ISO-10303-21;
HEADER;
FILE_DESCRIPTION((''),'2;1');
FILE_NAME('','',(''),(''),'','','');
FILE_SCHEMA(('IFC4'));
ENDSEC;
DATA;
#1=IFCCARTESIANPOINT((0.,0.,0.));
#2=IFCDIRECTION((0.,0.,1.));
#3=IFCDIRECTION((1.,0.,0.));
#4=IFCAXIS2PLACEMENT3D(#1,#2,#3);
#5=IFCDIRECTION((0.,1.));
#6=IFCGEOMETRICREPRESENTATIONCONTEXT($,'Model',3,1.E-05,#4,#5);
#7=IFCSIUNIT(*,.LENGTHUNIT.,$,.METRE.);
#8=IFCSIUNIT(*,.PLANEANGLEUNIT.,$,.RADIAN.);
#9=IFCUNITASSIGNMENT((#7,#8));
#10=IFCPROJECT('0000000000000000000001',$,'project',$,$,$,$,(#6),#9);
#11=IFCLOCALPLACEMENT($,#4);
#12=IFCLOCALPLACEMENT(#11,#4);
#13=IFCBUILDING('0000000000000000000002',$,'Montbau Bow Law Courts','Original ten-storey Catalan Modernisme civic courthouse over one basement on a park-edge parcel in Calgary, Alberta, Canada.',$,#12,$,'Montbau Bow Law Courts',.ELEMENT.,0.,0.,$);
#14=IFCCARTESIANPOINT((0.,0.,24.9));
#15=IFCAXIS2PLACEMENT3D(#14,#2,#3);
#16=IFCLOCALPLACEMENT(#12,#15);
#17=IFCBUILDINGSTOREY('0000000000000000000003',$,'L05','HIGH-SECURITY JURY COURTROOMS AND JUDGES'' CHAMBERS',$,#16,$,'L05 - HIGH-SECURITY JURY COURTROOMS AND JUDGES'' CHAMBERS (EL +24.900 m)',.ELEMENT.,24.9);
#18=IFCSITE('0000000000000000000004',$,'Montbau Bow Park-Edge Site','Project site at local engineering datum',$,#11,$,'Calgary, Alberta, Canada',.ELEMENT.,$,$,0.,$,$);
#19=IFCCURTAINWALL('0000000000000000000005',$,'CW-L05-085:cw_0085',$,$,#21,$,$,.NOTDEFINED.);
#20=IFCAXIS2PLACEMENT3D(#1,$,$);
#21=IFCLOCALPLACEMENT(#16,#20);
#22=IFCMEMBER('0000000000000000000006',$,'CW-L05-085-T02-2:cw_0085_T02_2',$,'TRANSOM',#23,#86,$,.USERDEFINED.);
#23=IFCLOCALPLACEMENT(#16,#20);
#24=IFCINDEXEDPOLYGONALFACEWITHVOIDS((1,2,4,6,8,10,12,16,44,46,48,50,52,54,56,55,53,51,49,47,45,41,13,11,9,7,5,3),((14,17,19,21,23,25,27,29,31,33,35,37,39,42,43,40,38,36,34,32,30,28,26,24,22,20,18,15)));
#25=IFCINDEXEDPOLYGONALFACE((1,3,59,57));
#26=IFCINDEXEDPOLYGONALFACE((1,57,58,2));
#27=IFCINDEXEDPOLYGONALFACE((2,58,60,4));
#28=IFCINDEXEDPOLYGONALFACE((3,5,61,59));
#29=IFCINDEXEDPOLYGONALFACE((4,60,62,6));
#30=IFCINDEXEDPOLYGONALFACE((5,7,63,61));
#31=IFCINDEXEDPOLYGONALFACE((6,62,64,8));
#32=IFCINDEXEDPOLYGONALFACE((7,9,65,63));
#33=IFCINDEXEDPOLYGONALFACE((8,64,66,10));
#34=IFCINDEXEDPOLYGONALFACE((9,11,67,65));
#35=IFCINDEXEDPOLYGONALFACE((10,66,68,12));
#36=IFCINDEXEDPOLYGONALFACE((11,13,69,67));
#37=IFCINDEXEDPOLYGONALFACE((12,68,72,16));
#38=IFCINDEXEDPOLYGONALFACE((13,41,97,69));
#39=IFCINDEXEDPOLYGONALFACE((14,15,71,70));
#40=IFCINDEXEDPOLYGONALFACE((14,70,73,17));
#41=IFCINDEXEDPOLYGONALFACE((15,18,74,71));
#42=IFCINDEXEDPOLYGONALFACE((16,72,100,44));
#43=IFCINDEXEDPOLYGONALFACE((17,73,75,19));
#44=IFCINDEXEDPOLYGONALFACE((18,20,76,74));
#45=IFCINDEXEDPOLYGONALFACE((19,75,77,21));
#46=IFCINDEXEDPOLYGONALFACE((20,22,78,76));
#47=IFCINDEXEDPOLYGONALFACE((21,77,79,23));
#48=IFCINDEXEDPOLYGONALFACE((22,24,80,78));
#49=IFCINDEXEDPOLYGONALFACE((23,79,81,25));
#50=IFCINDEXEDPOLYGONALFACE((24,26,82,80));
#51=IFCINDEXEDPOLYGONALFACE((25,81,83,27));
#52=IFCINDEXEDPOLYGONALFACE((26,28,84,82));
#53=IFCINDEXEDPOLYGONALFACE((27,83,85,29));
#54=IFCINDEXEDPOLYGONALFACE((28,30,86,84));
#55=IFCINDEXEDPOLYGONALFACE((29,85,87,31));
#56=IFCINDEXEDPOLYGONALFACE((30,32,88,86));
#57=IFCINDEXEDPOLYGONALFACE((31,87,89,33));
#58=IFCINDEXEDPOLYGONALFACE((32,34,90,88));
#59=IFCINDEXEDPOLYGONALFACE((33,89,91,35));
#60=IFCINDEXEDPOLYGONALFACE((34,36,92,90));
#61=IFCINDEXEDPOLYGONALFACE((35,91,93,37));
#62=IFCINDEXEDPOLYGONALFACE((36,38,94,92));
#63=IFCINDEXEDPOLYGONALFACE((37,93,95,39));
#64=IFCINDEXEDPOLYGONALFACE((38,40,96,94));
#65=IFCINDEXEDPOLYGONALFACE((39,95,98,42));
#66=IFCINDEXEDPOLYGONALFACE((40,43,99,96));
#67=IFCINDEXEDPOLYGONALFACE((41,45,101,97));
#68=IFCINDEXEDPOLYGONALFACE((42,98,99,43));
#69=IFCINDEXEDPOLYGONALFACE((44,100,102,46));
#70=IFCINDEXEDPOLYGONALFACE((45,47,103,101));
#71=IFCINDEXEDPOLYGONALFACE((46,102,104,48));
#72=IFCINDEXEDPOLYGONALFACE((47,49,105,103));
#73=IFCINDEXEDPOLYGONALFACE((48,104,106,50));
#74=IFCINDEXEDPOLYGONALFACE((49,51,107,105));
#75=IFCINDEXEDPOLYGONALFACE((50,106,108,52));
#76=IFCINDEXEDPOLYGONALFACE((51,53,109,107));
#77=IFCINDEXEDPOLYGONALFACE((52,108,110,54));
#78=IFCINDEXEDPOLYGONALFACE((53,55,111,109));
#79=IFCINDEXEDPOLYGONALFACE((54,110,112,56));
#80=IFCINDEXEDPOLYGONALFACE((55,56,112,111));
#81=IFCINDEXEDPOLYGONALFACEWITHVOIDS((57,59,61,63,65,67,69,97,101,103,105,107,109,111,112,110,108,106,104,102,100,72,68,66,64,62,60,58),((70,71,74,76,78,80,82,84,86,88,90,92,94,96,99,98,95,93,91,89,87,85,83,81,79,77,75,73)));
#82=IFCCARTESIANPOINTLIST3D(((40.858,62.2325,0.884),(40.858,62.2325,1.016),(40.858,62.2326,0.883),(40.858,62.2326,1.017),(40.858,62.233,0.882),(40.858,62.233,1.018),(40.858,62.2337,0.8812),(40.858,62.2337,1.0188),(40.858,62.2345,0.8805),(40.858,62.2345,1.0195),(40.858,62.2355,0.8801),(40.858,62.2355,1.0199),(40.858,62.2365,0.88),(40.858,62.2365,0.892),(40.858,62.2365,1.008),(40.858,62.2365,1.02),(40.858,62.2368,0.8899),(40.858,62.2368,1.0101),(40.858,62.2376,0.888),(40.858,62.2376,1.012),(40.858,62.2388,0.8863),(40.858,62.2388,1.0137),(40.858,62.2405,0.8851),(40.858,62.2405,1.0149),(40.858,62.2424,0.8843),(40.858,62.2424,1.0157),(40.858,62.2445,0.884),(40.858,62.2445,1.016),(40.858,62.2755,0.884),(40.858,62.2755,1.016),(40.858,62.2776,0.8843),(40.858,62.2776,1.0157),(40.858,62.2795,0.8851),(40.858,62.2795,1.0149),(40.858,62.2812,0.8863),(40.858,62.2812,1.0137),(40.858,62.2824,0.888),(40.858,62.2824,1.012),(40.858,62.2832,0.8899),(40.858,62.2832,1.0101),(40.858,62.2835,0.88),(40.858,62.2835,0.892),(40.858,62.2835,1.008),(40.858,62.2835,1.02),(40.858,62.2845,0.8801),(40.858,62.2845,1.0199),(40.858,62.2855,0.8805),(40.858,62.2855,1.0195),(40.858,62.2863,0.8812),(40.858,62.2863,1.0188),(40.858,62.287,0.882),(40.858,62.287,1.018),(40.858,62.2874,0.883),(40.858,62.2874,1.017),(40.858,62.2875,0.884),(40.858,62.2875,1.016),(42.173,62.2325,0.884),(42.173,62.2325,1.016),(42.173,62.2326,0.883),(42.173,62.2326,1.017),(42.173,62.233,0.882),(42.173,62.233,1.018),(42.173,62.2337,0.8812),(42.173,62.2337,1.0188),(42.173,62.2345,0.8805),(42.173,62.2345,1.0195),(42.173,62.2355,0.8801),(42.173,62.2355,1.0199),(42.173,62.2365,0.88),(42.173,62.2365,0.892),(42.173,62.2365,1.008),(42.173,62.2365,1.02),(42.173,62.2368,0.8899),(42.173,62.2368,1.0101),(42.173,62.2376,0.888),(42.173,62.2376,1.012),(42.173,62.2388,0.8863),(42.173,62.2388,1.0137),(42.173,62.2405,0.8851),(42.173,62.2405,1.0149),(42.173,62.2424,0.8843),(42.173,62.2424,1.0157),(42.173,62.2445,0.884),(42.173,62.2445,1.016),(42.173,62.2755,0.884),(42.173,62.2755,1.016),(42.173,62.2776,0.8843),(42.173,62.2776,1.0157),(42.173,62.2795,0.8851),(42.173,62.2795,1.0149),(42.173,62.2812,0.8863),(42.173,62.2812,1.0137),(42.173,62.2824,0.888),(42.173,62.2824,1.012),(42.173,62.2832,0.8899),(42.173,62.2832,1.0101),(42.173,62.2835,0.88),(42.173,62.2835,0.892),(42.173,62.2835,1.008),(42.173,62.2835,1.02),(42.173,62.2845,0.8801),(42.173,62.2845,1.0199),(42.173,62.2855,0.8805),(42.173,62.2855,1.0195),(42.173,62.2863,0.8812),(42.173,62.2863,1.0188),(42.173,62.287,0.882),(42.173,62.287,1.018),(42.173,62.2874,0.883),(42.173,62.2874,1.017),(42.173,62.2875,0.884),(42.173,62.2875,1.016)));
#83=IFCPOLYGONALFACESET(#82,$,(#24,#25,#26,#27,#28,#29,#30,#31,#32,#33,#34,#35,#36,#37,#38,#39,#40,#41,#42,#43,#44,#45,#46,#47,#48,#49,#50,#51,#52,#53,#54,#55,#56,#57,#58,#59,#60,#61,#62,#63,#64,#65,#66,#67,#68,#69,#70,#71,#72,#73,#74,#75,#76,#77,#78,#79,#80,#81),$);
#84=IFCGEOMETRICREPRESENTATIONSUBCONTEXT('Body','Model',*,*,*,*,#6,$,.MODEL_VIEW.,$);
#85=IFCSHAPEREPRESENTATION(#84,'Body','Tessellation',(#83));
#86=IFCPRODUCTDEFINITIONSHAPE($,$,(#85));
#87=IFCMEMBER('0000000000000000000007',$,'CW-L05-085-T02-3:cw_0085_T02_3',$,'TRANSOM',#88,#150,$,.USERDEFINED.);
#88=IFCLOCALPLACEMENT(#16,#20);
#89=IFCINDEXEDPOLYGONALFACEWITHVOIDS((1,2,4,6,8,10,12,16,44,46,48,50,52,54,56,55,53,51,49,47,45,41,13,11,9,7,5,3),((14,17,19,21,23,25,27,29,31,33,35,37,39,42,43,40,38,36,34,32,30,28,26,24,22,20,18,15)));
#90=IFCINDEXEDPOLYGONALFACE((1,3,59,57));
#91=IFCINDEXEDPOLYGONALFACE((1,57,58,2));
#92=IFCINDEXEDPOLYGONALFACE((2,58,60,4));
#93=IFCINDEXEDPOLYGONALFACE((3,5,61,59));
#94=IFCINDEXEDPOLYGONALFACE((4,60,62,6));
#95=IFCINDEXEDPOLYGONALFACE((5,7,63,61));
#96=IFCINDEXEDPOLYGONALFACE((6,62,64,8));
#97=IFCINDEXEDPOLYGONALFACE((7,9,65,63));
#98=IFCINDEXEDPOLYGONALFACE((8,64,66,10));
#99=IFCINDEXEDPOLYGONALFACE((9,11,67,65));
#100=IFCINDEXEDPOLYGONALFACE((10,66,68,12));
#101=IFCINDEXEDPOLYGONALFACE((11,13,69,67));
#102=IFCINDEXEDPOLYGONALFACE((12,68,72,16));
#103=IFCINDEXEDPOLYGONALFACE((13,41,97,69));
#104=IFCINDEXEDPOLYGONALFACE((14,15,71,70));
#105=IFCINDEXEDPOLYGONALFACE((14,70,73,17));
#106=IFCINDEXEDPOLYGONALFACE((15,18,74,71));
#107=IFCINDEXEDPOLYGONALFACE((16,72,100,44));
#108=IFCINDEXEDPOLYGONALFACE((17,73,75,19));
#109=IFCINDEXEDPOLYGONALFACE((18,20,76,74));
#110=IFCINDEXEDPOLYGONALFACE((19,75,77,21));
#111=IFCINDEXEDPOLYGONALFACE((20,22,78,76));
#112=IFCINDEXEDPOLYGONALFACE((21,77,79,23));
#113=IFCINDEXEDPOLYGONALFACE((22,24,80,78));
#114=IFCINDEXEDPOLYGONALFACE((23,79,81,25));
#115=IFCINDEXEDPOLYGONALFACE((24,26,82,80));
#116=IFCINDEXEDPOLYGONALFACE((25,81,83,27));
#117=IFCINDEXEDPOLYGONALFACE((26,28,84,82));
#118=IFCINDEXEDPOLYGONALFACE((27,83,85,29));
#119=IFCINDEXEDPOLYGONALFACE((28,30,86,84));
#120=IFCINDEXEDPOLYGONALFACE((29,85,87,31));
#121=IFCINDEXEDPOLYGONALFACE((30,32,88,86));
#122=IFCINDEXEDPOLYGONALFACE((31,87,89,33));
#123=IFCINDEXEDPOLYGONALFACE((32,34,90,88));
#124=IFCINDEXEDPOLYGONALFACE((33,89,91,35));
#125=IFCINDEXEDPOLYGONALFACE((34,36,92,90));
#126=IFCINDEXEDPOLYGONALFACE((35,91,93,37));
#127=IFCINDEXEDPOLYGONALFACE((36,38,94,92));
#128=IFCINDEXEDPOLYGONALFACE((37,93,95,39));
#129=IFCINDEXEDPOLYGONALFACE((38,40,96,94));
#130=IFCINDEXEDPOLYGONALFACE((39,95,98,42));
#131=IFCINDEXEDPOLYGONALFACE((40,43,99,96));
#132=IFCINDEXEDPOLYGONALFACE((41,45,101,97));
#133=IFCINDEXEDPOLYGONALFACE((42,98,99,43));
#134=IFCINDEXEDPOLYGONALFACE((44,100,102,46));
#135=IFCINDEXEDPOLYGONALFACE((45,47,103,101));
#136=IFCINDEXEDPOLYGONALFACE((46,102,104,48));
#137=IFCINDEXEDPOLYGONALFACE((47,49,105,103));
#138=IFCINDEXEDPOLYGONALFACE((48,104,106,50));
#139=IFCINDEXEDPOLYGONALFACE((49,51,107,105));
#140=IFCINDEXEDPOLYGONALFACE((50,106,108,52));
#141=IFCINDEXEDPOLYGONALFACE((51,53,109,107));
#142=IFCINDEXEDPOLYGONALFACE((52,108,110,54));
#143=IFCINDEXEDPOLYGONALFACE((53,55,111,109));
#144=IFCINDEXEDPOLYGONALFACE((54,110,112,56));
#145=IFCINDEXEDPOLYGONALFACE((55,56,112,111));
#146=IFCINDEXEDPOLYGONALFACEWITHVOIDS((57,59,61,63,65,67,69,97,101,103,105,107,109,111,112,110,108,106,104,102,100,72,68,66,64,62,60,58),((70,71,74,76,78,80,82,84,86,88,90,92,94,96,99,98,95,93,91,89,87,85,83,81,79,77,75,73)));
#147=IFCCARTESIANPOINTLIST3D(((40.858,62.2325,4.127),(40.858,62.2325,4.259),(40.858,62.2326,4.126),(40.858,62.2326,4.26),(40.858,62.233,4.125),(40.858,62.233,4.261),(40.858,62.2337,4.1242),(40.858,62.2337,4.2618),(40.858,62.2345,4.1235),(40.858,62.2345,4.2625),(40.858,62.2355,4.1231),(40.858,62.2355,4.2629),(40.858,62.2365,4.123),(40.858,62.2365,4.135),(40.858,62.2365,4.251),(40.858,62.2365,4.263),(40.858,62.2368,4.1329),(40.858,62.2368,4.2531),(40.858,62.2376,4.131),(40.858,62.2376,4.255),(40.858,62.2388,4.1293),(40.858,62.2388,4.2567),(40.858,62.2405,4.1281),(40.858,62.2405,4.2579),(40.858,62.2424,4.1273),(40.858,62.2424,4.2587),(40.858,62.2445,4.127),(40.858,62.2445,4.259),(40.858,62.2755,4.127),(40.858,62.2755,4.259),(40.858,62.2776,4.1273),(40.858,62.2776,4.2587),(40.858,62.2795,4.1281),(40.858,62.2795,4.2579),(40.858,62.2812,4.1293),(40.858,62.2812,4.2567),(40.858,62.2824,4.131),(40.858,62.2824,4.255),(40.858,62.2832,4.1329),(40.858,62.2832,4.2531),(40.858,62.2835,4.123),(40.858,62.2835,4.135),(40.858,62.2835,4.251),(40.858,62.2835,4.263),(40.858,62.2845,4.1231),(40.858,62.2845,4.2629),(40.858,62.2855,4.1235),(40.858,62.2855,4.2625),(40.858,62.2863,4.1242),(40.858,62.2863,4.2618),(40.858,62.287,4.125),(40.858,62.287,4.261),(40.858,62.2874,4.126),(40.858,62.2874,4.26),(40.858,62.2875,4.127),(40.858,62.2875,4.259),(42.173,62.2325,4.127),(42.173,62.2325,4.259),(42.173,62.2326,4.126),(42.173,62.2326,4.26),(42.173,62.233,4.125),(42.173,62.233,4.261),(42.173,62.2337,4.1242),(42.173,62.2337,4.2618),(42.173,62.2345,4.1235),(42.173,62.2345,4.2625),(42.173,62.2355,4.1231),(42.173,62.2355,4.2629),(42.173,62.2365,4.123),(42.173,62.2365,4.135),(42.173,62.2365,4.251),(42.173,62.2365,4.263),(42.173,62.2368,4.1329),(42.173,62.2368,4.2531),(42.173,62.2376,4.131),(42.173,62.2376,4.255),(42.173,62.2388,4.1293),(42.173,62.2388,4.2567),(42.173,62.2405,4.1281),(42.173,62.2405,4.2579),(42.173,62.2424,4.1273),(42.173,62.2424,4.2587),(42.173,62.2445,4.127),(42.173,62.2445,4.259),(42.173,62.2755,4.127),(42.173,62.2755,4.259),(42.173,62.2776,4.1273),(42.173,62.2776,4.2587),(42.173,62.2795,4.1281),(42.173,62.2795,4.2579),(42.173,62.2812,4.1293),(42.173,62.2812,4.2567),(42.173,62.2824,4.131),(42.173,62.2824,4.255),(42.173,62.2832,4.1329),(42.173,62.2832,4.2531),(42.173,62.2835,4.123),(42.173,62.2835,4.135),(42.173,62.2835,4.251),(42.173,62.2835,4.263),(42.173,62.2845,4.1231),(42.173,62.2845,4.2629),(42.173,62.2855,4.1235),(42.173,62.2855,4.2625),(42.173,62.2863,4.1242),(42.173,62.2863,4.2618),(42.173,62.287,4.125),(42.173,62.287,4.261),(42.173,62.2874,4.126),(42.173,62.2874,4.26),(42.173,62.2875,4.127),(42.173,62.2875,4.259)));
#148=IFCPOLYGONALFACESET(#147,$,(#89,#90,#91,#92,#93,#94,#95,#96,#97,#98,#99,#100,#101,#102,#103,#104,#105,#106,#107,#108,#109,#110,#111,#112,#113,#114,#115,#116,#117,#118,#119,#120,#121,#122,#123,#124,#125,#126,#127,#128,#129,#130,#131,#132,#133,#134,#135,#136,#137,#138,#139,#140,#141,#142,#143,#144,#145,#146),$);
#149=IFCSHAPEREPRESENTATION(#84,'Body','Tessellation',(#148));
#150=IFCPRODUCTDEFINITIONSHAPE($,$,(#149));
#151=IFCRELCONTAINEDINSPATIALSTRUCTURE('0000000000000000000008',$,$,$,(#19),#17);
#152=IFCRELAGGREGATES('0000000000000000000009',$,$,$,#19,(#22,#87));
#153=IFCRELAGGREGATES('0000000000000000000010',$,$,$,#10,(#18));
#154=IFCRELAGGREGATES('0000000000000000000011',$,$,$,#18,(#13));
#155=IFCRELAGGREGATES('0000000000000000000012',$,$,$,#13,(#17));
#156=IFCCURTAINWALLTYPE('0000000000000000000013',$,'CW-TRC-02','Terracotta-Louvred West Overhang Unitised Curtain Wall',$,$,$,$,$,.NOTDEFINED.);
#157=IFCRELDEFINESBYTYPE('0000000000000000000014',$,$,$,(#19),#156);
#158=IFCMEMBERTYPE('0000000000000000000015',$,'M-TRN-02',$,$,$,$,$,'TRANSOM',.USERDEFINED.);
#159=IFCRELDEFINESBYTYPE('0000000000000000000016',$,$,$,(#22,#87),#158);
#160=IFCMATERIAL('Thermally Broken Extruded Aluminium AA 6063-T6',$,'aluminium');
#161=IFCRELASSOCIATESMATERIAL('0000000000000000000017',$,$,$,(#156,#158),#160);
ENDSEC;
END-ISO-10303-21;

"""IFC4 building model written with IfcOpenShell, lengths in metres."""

from ifc_helpers import new_model, si_unit, direction, frame, origin_with_axes, origin_2d_with_axis, place, context, subcontext, project, spatial, hollow_rectangle, extrude, material, material_profile, profile_set, type_object, element, aggregate, save


model = new_model("IFC4")

# Units and contexts
model_context = context("Model", 3, precision=1e-05, world=origin_with_axes(), true_north=direction((0.0, 1.0)))
body_context = subcontext(model_context, "Body", "Model", "MODEL_VIEW")
ifc_project = project(units=[si_unit("LENGTHUNIT", "METRE"), si_unit("PLANEANGLEUNIT", "RADIAN")], contexts=[model_context])

# Site, building, storey
site_placement = place(None, origin_with_axes())
site = spatial("IfcSite", under=ifc_project, at=site_placement, Name="Montbau Bow Park-Edge Site", Description="Project site at local engineering datum", LongName="Calgary, Alberta, Canada", CompositionType="ELEMENT", RefElevation=0.0)
building_placement = place(site_placement, origin_with_axes())
building = spatial("IfcBuilding", under=site, at=building_placement, Name="Montbau Bow Law Courts", Description="Original ten-storey Catalan Modernisme civic courthouse over one basement on a park-edge parcel in Calgary, Alberta, Canada.", LongName="Montbau Bow Law Courts", CompositionType="ELEMENT", ElevationOfRefHeight=0.0, ElevationOfTerrain=0.0)
storey_placement = place(building_placement, frame((0.0, 0.0, 24.9), z_axis=(0.0, 0.0, 1.0), x_axis=(1.0, 0.0, 0.0)))
storey = spatial("IfcBuildingStorey", under=building, at=storey_placement, Name="L05", Description="HIGH-SECURITY JURY COURTROOMS AND JUDGES' CHAMBERS", LongName="L05 - HIGH-SECURITY JURY COURTROOMS AND JUDGES' CHAMBERS (EL +24.900 m)", CompositionType="ELEMENT", Elevation=24.9)

# Curtain wall
ifc_material_1 = material(Name="Thermally Broken Extruded Aluminium AA 6063-T6", Category="aluminium")
curtain_wall_type = type_object("IfcCurtainWallType", Name="CW-TRC-02", Description="Terracotta-Louvred West Overhang Unitised Curtain Wall", PredefinedType="NOTDEFINED", material=ifc_material_1)
curtain_wall_1_placement = place(None, frame((39.44, 62.26, 24.9), z_axis=(0.0, 0.0, 1.0), x_axis=(1.0, 0.0, 0.0)))
curtain_wall_1 = element("IfcCurtainWall", 1, at=curtain_wall_1_placement, inside=storey, type_object=curtain_wall_type, Name="CW-L05-085:cw_0085", PredefinedType="NOTDEFINED")

# Members
ifc_material_profile_1 = material_profile(ifc_material_1, hollow_rectangle(XDim=0.055, YDim=0.14, WallThickness=0.004, InnerFilletRadius=0.008, OuterFilletRadius=0.004, at=origin_2d_with_axis()), Name="CWT-140X55", Category="Main", Priority=0)
ifc_profile_set_1 = profile_set([ifc_material_profile_1], Name="Thermally Broken Extruded Aluminium AA 6063-T6")
member_type_1 = type_object("IfcMemberType", Name="M-TRN-02", ElementType="TRANSOM", PredefinedType="USERDEFINED", material=ifc_profile_set_1)
member_1_placement = place(None, frame((40.858, 62.26, 25.85), z_axis=(1.0, 0.0, 0.0), x_axis=(0.0, 1.0, 0.0)))
member_1 = element("IfcMember", 2, at=member_1_placement, type_object=member_type_1, Name="CW-L05-085-T02-2:cw_0085_T02_2", ObjectType="TRANSOM", PredefinedType="USERDEFINED", context=body_context, shape_type="SweptSolid", body=[
    extrude(hollow_rectangle(XDim=0.055, YDim=0.14, WallThickness=0.004, InnerFilletRadius=0.008, OuterFilletRadius=0.004, at=origin_2d_with_axis()), origin_with_axes(), (0.0, 0.0, 1.0), 1.315),
])
member_2_placement = place(None, frame((40.858, 62.26, 29.093), z_axis=(1.0, 0.0, 0.0), x_axis=(0.0, 1.0, 0.0)))
member_2 = element("IfcMember", 3, at=member_2_placement, type_object=member_type_1, Name="CW-L05-085-T02-3:cw_0085_T02_3", ObjectType="TRANSOM", PredefinedType="USERDEFINED", context=body_context, shape_type="SweptSolid", body=[
    extrude(hollow_rectangle(XDim=0.055, YDim=0.14, WallThickness=0.004, InnerFilletRadius=0.008, OuterFilletRadius=0.004, at=origin_2d_with_axis()), origin_with_axes(), (0.0, 0.0, 1.0), 1.315),
])

aggregate(curtain_wall_1, [member_1, member_2])

save(model, "model.ifc")
